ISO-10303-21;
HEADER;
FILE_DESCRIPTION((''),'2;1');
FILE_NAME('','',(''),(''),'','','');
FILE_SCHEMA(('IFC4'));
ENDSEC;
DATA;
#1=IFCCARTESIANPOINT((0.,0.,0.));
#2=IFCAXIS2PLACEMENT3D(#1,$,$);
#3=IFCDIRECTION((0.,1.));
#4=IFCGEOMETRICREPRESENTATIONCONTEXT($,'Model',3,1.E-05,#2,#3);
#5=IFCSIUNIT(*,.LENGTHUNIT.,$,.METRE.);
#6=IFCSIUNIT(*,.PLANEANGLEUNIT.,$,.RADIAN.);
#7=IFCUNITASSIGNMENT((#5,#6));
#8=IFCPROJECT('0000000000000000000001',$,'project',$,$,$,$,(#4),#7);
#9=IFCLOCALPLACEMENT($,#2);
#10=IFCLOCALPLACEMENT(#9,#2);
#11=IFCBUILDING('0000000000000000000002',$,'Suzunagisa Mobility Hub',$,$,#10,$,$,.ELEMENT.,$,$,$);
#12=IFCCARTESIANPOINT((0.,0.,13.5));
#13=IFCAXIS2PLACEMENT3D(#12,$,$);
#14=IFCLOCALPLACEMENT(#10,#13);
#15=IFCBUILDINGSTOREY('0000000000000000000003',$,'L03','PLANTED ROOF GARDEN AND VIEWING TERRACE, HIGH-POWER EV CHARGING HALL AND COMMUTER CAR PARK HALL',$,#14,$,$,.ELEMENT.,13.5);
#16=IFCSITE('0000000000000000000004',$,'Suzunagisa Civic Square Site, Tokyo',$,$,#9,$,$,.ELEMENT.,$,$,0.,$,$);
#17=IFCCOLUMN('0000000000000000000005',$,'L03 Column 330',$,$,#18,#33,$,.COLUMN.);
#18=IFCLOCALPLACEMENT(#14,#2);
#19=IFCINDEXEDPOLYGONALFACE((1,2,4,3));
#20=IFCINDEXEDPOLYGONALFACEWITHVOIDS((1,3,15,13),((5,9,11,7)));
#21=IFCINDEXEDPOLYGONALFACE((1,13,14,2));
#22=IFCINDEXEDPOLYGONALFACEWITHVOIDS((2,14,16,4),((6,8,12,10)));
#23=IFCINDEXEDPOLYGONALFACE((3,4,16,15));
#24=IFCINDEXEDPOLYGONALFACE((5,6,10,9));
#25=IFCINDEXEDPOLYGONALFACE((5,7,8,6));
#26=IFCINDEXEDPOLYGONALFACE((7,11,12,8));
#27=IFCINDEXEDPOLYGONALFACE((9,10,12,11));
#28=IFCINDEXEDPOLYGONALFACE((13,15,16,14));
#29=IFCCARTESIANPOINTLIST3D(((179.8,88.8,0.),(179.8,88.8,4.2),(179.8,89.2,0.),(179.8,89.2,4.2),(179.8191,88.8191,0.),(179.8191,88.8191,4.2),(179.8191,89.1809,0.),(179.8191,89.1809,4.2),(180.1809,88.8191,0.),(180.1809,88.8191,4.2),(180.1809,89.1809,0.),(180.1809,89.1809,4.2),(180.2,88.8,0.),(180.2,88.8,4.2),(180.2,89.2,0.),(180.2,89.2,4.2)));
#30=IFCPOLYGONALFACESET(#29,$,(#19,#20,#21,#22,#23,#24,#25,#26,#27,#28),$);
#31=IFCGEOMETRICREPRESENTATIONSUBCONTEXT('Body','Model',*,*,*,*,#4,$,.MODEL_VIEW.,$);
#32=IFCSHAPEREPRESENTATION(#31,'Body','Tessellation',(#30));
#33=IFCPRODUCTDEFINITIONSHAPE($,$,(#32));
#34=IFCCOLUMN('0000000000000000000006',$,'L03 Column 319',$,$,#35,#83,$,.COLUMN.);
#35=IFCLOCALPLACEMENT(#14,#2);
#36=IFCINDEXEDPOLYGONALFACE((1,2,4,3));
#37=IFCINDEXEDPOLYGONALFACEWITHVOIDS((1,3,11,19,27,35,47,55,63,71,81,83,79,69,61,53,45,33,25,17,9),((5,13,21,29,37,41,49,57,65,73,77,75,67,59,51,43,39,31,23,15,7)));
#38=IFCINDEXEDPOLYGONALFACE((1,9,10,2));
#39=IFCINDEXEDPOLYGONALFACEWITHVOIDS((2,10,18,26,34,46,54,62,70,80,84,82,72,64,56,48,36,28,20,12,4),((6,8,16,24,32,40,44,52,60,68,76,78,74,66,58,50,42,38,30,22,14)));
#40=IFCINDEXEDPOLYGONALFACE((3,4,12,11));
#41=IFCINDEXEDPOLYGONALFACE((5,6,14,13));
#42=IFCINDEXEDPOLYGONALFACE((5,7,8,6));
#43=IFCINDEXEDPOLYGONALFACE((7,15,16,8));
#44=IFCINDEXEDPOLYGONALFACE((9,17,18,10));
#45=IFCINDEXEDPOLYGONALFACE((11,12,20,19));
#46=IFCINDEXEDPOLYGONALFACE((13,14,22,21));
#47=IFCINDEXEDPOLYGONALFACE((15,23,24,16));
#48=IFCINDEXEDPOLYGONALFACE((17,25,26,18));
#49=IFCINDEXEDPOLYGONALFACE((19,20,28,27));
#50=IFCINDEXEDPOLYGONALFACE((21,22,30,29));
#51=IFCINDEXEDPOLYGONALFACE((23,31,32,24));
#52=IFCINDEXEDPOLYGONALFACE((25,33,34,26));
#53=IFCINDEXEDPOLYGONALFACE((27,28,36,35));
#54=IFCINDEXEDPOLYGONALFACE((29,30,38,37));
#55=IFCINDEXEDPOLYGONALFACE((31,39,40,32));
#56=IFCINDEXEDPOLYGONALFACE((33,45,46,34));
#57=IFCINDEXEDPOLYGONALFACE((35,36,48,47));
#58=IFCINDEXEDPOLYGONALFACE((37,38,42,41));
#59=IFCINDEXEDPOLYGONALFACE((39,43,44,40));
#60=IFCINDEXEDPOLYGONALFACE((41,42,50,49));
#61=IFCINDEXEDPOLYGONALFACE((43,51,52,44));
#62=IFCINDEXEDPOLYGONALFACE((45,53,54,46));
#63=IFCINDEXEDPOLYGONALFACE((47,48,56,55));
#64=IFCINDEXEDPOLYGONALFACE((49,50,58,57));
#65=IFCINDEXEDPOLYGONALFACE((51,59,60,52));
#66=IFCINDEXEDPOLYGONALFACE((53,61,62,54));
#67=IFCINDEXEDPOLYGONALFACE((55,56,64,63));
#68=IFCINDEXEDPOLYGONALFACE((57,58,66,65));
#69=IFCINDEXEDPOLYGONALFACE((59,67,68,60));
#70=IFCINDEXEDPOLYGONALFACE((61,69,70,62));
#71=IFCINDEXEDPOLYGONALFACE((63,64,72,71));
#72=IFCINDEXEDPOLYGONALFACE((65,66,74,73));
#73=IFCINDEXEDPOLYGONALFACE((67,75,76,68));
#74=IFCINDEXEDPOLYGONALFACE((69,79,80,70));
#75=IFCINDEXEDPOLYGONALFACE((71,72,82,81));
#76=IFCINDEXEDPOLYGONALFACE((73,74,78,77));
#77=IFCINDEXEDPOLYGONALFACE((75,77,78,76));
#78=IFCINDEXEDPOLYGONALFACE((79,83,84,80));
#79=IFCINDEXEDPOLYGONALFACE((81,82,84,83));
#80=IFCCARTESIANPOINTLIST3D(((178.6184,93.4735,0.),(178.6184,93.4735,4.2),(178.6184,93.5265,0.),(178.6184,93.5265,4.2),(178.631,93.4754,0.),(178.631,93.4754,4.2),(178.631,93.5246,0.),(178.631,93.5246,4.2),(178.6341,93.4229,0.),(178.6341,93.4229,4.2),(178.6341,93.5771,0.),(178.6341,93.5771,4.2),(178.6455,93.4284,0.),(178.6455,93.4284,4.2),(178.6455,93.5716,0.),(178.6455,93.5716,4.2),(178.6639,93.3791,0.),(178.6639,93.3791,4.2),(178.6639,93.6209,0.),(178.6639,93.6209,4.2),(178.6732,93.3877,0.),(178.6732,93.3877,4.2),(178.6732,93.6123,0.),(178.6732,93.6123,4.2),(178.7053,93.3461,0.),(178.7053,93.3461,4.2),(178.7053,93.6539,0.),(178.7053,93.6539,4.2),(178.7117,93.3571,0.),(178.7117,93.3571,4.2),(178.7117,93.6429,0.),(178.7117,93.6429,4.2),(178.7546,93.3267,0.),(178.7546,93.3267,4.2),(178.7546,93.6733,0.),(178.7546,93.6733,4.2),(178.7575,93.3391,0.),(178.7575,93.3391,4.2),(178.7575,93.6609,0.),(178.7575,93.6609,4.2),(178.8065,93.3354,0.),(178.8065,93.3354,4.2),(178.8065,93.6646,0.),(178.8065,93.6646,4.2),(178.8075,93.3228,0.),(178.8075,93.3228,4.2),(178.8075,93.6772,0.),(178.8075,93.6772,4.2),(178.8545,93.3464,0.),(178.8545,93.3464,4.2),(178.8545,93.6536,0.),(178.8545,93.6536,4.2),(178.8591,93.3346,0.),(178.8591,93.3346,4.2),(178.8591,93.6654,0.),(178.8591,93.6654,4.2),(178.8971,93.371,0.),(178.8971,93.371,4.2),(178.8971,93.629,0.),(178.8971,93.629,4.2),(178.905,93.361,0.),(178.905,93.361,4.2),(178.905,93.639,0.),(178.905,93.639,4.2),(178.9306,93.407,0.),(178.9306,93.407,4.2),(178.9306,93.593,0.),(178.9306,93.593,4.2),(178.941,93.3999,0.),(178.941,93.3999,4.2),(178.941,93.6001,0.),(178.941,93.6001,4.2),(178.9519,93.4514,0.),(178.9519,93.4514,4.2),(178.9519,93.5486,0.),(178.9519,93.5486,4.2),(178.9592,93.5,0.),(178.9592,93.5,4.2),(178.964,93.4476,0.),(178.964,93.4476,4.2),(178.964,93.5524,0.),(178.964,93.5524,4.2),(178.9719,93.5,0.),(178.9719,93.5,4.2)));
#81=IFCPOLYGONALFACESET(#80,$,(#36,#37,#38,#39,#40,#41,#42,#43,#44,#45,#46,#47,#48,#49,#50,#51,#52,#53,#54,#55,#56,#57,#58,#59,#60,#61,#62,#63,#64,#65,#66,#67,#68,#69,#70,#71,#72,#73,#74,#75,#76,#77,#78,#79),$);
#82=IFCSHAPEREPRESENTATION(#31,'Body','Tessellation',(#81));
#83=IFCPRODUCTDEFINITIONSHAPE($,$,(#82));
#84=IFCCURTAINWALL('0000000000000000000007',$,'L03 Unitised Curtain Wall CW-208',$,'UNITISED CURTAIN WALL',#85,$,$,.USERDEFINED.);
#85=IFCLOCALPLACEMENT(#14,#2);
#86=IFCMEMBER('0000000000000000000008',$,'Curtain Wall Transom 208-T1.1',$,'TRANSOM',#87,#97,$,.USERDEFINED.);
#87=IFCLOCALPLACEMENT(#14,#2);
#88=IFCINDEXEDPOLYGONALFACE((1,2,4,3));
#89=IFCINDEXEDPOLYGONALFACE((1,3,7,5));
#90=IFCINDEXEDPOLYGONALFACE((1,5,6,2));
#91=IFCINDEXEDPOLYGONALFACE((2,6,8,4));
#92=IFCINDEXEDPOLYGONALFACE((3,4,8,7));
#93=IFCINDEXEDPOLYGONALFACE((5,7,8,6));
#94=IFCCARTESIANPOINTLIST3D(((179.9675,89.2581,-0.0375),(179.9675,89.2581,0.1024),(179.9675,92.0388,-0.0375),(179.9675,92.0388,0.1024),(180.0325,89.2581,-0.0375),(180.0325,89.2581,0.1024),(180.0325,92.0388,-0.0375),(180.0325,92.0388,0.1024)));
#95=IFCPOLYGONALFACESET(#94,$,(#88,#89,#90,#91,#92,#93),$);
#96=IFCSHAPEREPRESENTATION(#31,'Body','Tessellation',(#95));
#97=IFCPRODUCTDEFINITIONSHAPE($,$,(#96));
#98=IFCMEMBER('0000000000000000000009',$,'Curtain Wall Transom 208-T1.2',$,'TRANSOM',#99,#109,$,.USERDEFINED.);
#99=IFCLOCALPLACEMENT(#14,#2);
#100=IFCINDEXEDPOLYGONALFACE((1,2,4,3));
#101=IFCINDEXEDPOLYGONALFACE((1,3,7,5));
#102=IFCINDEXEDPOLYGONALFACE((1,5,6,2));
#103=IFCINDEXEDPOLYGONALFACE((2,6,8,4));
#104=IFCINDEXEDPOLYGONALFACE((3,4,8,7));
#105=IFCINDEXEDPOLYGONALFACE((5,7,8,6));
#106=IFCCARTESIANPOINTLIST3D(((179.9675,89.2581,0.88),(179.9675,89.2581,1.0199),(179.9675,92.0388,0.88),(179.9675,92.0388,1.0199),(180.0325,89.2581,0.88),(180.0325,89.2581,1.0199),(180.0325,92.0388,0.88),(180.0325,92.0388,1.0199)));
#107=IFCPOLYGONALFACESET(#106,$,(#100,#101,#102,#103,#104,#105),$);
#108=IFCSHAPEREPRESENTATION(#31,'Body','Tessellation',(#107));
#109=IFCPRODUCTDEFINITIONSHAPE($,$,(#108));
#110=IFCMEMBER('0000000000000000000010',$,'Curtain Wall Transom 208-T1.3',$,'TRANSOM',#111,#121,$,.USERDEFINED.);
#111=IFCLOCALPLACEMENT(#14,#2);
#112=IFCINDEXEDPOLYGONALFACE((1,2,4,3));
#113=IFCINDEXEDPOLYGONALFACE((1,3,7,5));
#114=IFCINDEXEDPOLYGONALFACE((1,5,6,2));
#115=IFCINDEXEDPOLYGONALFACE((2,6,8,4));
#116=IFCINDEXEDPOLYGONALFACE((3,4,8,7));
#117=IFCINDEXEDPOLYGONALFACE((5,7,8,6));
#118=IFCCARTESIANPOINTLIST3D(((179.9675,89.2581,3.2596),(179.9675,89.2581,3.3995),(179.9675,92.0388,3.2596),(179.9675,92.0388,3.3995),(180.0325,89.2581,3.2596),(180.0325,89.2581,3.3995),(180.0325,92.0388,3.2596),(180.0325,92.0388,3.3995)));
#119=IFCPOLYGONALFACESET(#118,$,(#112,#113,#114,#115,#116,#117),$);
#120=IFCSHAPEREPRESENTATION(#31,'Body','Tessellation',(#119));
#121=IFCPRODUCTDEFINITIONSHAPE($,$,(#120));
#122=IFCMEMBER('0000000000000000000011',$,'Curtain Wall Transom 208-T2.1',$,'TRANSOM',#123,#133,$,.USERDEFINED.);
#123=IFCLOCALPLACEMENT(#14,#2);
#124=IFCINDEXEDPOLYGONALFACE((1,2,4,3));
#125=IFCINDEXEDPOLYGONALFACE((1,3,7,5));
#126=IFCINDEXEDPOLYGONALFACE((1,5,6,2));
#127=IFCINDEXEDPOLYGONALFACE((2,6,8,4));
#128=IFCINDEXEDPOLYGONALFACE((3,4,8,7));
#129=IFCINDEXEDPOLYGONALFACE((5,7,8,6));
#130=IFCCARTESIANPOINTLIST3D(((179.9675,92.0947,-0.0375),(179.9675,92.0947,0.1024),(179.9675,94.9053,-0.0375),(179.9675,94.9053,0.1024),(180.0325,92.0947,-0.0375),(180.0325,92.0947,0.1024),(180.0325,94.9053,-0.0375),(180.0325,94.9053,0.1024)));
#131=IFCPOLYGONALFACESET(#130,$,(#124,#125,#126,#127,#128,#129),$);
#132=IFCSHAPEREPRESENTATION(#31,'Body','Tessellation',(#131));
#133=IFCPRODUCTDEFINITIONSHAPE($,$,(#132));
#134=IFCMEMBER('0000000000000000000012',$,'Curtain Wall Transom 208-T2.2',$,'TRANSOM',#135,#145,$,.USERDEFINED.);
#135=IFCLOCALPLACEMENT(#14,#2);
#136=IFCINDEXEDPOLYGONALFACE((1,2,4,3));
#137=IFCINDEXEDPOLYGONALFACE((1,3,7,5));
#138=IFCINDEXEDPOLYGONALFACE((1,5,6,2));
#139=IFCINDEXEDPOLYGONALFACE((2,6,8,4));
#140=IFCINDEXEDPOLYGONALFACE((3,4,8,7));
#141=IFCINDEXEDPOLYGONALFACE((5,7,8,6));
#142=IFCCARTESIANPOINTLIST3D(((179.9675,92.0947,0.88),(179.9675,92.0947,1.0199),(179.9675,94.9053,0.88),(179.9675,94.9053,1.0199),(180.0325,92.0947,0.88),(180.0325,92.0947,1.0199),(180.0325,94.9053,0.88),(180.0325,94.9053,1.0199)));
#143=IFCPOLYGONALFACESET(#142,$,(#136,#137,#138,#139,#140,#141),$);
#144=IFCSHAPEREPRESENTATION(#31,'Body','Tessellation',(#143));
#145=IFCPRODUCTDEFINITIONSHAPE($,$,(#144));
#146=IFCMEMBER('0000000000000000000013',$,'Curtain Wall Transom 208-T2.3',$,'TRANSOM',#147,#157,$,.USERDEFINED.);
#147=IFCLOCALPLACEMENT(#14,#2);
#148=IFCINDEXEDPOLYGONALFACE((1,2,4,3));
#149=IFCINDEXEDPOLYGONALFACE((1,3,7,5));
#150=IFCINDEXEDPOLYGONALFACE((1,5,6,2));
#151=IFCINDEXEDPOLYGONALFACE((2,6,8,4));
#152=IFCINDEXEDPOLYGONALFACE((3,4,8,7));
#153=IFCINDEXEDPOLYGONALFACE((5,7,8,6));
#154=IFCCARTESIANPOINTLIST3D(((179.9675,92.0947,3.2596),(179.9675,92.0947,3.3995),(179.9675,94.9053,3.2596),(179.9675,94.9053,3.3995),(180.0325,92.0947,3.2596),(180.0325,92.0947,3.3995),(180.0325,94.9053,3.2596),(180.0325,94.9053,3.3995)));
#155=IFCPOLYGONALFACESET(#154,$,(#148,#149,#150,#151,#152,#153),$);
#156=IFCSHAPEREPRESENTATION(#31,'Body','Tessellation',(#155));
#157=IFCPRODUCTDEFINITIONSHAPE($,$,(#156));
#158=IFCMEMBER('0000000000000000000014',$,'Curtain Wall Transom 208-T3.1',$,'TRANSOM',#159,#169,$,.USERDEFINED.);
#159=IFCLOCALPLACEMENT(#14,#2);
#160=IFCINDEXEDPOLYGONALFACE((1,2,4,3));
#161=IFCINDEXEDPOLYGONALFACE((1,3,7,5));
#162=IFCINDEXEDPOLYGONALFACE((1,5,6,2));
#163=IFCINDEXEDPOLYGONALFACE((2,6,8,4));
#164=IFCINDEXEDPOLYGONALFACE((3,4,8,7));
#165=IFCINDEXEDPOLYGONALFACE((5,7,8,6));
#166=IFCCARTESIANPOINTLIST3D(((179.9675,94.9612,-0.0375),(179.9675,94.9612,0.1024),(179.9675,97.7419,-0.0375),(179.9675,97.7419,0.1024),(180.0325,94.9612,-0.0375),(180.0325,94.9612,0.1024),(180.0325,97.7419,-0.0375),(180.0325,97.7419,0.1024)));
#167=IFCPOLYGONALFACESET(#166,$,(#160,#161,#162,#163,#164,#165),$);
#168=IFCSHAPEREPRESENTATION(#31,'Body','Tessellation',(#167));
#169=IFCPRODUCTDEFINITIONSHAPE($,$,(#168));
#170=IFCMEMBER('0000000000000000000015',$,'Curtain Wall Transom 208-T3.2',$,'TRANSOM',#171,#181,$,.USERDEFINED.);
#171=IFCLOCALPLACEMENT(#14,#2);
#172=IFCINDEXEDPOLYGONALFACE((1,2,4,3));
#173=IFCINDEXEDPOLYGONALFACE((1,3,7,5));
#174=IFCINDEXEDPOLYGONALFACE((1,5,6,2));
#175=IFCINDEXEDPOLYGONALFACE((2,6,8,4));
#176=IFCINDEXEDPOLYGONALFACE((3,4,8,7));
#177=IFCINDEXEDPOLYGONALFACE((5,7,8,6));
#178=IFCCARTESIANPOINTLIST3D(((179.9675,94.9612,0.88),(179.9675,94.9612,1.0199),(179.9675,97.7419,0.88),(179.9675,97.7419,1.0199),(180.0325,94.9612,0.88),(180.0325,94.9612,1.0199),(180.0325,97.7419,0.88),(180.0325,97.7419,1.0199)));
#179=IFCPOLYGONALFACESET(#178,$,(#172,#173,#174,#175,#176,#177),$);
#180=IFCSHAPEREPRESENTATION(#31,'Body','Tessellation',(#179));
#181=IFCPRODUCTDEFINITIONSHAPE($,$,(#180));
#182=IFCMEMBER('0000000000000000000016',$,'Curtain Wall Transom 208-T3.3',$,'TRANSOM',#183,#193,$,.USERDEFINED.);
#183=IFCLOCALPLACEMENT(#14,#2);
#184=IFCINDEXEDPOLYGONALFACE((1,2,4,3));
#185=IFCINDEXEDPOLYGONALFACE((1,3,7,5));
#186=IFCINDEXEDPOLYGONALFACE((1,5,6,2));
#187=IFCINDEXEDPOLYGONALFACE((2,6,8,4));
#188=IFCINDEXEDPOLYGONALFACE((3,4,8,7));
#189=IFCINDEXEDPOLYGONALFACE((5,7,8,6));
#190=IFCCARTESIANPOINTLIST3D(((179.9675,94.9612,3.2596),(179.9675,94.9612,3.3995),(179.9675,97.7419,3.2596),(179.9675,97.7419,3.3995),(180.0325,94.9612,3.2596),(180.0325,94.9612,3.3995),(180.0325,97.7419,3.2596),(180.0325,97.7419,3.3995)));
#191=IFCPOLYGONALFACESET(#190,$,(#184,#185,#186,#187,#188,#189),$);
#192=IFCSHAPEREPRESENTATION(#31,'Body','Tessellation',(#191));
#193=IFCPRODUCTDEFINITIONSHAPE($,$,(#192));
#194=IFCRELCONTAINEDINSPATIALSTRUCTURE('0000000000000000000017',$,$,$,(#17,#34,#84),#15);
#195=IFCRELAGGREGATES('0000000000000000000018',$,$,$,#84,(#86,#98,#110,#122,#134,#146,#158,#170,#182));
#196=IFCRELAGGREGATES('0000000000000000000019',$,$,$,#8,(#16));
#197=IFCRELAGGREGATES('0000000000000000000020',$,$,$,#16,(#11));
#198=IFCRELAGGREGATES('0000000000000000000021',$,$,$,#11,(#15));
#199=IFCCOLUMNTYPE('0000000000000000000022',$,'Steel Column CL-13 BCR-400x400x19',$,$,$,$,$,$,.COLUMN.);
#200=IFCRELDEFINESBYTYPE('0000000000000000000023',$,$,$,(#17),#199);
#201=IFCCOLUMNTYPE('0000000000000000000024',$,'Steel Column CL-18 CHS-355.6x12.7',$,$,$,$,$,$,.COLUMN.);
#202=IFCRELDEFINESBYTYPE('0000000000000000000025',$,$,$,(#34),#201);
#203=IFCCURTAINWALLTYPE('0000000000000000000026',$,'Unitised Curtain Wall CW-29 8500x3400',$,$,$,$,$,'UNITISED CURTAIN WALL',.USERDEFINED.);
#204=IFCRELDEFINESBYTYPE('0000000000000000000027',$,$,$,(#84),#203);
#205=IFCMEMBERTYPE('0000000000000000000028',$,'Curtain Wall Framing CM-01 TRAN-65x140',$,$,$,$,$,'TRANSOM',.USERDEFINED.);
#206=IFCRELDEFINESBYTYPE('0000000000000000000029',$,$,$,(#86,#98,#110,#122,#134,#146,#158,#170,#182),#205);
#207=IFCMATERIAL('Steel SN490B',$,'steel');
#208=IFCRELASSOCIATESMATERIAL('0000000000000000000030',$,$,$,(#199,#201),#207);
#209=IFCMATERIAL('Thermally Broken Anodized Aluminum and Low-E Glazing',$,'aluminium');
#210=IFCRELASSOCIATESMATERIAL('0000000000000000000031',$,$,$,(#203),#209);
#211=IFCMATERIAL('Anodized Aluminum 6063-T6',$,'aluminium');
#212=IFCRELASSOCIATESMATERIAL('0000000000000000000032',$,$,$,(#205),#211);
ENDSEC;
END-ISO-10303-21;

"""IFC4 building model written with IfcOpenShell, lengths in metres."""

from ifc_helpers import new_model, si_unit, direction, frame, origin, origin_2d, place, context, subcontext, project, spatial, rectangle, hollow_rectangle, hollow_circle, extrude, material, material_profile, profile_set, type_object, element, aggregate, save


model = new_model("IFC4")

# Units and contexts
model_context = context("Model", 3, precision=1e-05, world=origin(), true_north=direction((0.0, 1.0)))
body_context = subcontext(model_context, "Body", "Model", "MODEL_VIEW")
ifc_project = project(units=[si_unit("LENGTHUNIT", "METRE"), si_unit("PLANEANGLEUNIT", "RADIAN")], contexts=[model_context])

# Site, building, storey
site_placement = place(None, origin())
site = spatial("IfcSite", under=ifc_project, at=site_placement, Name="Suzunagisa Civic Square Site, Tokyo", CompositionType="ELEMENT", RefElevation=0.0)
building_placement = place(site_placement, origin())
building = spatial("IfcBuilding", under=site, at=building_placement, Name="Suzunagisa Mobility Hub", CompositionType="ELEMENT")
storey_placement = place(building_placement, frame((0.0, 0.0, 13.5)))
storey = spatial("IfcBuildingStorey", under=building, at=storey_placement, Name="L03", Description="PLANTED ROOF GARDEN AND VIEWING TERRACE, HIGH-POWER EV CHARGING HALL AND COMMUTER CAR PARK HALL", CompositionType="ELEMENT", Elevation=13.5)

# Columns
ifc_material_1 = material(Name="Steel SN490B", Category="steel")
ifc_material_profile_1 = material_profile(ifc_material_1, hollow_rectangle(XDim=0.3999, YDim=0.3999, WallThickness=0.019, at=origin_2d()), Name="BCR-400x400x19")
ifc_profile_set_1 = profile_set([ifc_material_profile_1], Name="Steel SN490B")
column_type_1 = type_object("IfcColumnType", Name="Steel Column CL-13 BCR-400x400x19", PredefinedType="COLUMN", material=ifc_profile_set_1)
column_1_placement = place(storey_placement, frame((180.0, 89.0, 0.0), z_axis=(0.0, 0.0, 1.0), x_axis=(1.0, 0.0, 0.0)))
element("IfcColumn", 1, at=column_1_placement, inside=storey, type_object=column_type_1, Name="L03 Column 330", PredefinedType="COLUMN", context=body_context, shape_type="SweptSolid", body=[
    extrude(hollow_rectangle(XDim=0.3999, YDim=0.3999, WallThickness=0.019, at=origin_2d()), origin(), (0.0, 0.0, 1.0), 4.2),
])
ifc_material_profile_2 = material_profile(ifc_material_1, hollow_circle(Radius=0.1777, WallThickness=0.0127, at=origin_2d()), Name="CHS-355.6x12.7")
ifc_profile_set_2 = profile_set([ifc_material_profile_2], Name="Steel SN490B")
column_type_2 = type_object("IfcColumnType", Name="Steel Column CL-18 CHS-355.6x12.7", PredefinedType="COLUMN", material=ifc_profile_set_2)
column_2_placement = place(storey_placement, frame((178.7942, 93.5, 0.0), z_axis=(0.0, 0.0, 1.0), x_axis=(1.0, 0.0, 0.0)))
element("IfcColumn", 2, at=column_2_placement, inside=storey, type_object=column_type_2, Name="L03 Column 319", PredefinedType="COLUMN", context=body_context, shape_type="SweptSolid", body=[
    extrude(hollow_circle(Radius=0.1777, WallThickness=0.0127, at=origin_2d()), origin(), (0.0, 0.0, 1.0), 4.2),
])

# Curtain wall, members
ifc_material_2 = material(Name="Thermally Broken Anodized Aluminum and Low-E Glazing", Category="aluminium")
curtain_wall_type = type_object("IfcCurtainWallType", Name="Unitised Curtain Wall CW-29 8500x3400", ElementType="UNITISED CURTAIN WALL", PredefinedType="USERDEFINED", material=ifc_material_2)
curtain_wall_placement = place(storey_placement, origin())
curtain_wall = element("IfcCurtainWall", 3, at=curtain_wall_placement, inside=storey, type_object=curtain_wall_type, Name="L03 Unitised Curtain Wall CW-208", ObjectType="UNITISED CURTAIN WALL", PredefinedType="USERDEFINED")
ifc_material_3 = material(Name="Anodized Aluminum 6063-T6", Category="aluminium")
ifc_material_profile_3 = material_profile(ifc_material_3, rectangle(XDim=0.0649, YDim=0.1399, at=origin_2d()), Name="TRAN-65x140")
ifc_profile_set_3 = profile_set([ifc_material_profile_3], Name="Anodized Aluminum 6063-T6")
member_type_1 = type_object("IfcMemberType", Name="Curtain Wall Framing CM-01 TRAN-65x140", ElementType="TRANSOM", PredefinedType="USERDEFINED", material=ifc_profile_set_3)
member_1_placement = place(storey_placement, frame((180.0, 89.2581, 0.0325), z_axis=(0.0, 1.0, 0.0), x_axis=(-1.0, 0.0, 0.0)))
member_1 = element("IfcMember", 4, at=member_1_placement, type_object=member_type_1, Name="Curtain Wall Transom 208-T1.1", ObjectType="TRANSOM", PredefinedType="USERDEFINED", context=body_context, shape_type="SweptSolid", body=[
    extrude(rectangle(XDim=0.0649, YDim=0.1399, at=origin_2d()), origin(), (0.0, 0.0, 1.0), 2.7808),
])
member_2_placement = place(storey_placement, frame((180.0, 89.2581, 0.95), z_axis=(0.0, 1.0, 0.0), x_axis=(-1.0, 0.0, 0.0)))
member_2 = element("IfcMember", 5, at=member_2_placement, type_object=member_type_1, Name="Curtain Wall Transom 208-T1.2", ObjectType="TRANSOM", PredefinedType="USERDEFINED", context=body_context, shape_type="SweptSolid", body=[
    extrude(rectangle(XDim=0.0649, YDim=0.1399, at=origin_2d()), origin(), (0.0, 0.0, 1.0), 2.7808),
])
member_3_placement = place(storey_placement, frame((180.0, 89.2581, 3.3296), z_axis=(0.0, 1.0, 0.0), x_axis=(-1.0, 0.0, 0.0)))
member_3 = element("IfcMember", 6, at=member_3_placement, type_object=member_type_1, Name="Curtain Wall Transom 208-T1.3", ObjectType="TRANSOM", PredefinedType="USERDEFINED", context=body_context, shape_type="SweptSolid", body=[
    extrude(rectangle(XDim=0.0649, YDim=0.1399, at=origin_2d()), origin(), (0.0, 0.0, 1.0), 2.7808),
])
member_4_placement = place(storey_placement, frame((180.0, 92.0947, 0.0325), z_axis=(0.0, 1.0, 0.0), x_axis=(-1.0, 0.0, 0.0)))
member_4 = element("IfcMember", 7, at=member_4_placement, type_object=member_type_1, Name="Curtain Wall Transom 208-T2.1", ObjectType="TRANSOM", PredefinedType="USERDEFINED", context=body_context, shape_type="SweptSolid", body=[
    extrude(rectangle(XDim=0.0649, YDim=0.1399, at=origin_2d()), origin(), (0.0, 0.0, 1.0), 2.8105),
])
member_5_placement = place(storey_placement, frame((180.0, 92.0947, 0.95), z_axis=(0.0, 1.0, 0.0), x_axis=(-1.0, 0.0, 0.0)))
member_5 = element("IfcMember", 8, at=member_5_placement, type_object=member_type_1, Name="Curtain Wall Transom 208-T2.2", ObjectType="TRANSOM", PredefinedType="USERDEFINED", context=body_context, shape_type="SweptSolid", body=[
    extrude(rectangle(XDim=0.0649, YDim=0.1399, at=origin_2d()), origin(), (0.0, 0.0, 1.0), 2.8105),
])
member_6_placement = place(storey_placement, frame((180.0, 92.0947, 3.3296), z_axis=(0.0, 1.0, 0.0), x_axis=(-1.0, 0.0, 0.0)))
member_6 = element("IfcMember", 9, at=member_6_placement, type_object=member_type_1, Name="Curtain Wall Transom 208-T2.3", ObjectType="TRANSOM", PredefinedType="USERDEFINED", context=body_context, shape_type="SweptSolid", body=[
    extrude(rectangle(XDim=0.0649, YDim=0.1399, at=origin_2d()), origin(), (0.0, 0.0, 1.0), 2.8105),
])
member_7_placement = place(storey_placement, frame((180.0, 94.9612, 0.0325), z_axis=(0.0, 1.0, 0.0), x_axis=(-1.0, 0.0, 0.0)))
member_7 = element("IfcMember", 10, at=member_7_placement, type_object=member_type_1, Name="Curtain Wall Transom 208-T3.1", ObjectType="TRANSOM", PredefinedType="USERDEFINED", context=body_context, shape_type="SweptSolid", body=[
    extrude(rectangle(XDim=0.0649, YDim=0.1399, at=origin_2d()), origin(), (0.0, 0.0, 1.0), 2.7808),
])
member_8_placement = place(storey_placement, frame((180.0, 94.9612, 0.95), z_axis=(0.0, 1.0, 0.0), x_axis=(-1.0, 0.0, 0.0)))
member_8 = element("IfcMember", 11, at=member_8_placement, type_object=member_type_1, Name="Curtain Wall Transom 208-T3.2", ObjectType="TRANSOM", PredefinedType="USERDEFINED", context=body_context, shape_type="SweptSolid", body=[
    extrude(rectangle(XDim=0.0649, YDim=0.1399, at=origin_2d()), origin(), (0.0, 0.0, 1.0), 2.7808),
])
member_9_placement = place(storey_placement, frame((180.0, 94.9612, 3.3296), z_axis=(0.0, 1.0, 0.0), x_axis=(-1.0, 0.0, 0.0)))
member_9 = element("IfcMember", 12, at=member_9_placement, type_object=member_type_1, Name="Curtain Wall Transom 208-T3.3", ObjectType="TRANSOM", PredefinedType="USERDEFINED", context=body_context, shape_type="SweptSolid", body=[
    extrude(rectangle(XDim=0.0649, YDim=0.1399, at=origin_2d()), origin(), (0.0, 0.0, 1.0), 2.7808),
])

aggregate(curtain_wall, [member_1, member_2, member_3, member_4, member_5, member_6, member_7, member_8, member_9])

save(model, "model.ifc")
